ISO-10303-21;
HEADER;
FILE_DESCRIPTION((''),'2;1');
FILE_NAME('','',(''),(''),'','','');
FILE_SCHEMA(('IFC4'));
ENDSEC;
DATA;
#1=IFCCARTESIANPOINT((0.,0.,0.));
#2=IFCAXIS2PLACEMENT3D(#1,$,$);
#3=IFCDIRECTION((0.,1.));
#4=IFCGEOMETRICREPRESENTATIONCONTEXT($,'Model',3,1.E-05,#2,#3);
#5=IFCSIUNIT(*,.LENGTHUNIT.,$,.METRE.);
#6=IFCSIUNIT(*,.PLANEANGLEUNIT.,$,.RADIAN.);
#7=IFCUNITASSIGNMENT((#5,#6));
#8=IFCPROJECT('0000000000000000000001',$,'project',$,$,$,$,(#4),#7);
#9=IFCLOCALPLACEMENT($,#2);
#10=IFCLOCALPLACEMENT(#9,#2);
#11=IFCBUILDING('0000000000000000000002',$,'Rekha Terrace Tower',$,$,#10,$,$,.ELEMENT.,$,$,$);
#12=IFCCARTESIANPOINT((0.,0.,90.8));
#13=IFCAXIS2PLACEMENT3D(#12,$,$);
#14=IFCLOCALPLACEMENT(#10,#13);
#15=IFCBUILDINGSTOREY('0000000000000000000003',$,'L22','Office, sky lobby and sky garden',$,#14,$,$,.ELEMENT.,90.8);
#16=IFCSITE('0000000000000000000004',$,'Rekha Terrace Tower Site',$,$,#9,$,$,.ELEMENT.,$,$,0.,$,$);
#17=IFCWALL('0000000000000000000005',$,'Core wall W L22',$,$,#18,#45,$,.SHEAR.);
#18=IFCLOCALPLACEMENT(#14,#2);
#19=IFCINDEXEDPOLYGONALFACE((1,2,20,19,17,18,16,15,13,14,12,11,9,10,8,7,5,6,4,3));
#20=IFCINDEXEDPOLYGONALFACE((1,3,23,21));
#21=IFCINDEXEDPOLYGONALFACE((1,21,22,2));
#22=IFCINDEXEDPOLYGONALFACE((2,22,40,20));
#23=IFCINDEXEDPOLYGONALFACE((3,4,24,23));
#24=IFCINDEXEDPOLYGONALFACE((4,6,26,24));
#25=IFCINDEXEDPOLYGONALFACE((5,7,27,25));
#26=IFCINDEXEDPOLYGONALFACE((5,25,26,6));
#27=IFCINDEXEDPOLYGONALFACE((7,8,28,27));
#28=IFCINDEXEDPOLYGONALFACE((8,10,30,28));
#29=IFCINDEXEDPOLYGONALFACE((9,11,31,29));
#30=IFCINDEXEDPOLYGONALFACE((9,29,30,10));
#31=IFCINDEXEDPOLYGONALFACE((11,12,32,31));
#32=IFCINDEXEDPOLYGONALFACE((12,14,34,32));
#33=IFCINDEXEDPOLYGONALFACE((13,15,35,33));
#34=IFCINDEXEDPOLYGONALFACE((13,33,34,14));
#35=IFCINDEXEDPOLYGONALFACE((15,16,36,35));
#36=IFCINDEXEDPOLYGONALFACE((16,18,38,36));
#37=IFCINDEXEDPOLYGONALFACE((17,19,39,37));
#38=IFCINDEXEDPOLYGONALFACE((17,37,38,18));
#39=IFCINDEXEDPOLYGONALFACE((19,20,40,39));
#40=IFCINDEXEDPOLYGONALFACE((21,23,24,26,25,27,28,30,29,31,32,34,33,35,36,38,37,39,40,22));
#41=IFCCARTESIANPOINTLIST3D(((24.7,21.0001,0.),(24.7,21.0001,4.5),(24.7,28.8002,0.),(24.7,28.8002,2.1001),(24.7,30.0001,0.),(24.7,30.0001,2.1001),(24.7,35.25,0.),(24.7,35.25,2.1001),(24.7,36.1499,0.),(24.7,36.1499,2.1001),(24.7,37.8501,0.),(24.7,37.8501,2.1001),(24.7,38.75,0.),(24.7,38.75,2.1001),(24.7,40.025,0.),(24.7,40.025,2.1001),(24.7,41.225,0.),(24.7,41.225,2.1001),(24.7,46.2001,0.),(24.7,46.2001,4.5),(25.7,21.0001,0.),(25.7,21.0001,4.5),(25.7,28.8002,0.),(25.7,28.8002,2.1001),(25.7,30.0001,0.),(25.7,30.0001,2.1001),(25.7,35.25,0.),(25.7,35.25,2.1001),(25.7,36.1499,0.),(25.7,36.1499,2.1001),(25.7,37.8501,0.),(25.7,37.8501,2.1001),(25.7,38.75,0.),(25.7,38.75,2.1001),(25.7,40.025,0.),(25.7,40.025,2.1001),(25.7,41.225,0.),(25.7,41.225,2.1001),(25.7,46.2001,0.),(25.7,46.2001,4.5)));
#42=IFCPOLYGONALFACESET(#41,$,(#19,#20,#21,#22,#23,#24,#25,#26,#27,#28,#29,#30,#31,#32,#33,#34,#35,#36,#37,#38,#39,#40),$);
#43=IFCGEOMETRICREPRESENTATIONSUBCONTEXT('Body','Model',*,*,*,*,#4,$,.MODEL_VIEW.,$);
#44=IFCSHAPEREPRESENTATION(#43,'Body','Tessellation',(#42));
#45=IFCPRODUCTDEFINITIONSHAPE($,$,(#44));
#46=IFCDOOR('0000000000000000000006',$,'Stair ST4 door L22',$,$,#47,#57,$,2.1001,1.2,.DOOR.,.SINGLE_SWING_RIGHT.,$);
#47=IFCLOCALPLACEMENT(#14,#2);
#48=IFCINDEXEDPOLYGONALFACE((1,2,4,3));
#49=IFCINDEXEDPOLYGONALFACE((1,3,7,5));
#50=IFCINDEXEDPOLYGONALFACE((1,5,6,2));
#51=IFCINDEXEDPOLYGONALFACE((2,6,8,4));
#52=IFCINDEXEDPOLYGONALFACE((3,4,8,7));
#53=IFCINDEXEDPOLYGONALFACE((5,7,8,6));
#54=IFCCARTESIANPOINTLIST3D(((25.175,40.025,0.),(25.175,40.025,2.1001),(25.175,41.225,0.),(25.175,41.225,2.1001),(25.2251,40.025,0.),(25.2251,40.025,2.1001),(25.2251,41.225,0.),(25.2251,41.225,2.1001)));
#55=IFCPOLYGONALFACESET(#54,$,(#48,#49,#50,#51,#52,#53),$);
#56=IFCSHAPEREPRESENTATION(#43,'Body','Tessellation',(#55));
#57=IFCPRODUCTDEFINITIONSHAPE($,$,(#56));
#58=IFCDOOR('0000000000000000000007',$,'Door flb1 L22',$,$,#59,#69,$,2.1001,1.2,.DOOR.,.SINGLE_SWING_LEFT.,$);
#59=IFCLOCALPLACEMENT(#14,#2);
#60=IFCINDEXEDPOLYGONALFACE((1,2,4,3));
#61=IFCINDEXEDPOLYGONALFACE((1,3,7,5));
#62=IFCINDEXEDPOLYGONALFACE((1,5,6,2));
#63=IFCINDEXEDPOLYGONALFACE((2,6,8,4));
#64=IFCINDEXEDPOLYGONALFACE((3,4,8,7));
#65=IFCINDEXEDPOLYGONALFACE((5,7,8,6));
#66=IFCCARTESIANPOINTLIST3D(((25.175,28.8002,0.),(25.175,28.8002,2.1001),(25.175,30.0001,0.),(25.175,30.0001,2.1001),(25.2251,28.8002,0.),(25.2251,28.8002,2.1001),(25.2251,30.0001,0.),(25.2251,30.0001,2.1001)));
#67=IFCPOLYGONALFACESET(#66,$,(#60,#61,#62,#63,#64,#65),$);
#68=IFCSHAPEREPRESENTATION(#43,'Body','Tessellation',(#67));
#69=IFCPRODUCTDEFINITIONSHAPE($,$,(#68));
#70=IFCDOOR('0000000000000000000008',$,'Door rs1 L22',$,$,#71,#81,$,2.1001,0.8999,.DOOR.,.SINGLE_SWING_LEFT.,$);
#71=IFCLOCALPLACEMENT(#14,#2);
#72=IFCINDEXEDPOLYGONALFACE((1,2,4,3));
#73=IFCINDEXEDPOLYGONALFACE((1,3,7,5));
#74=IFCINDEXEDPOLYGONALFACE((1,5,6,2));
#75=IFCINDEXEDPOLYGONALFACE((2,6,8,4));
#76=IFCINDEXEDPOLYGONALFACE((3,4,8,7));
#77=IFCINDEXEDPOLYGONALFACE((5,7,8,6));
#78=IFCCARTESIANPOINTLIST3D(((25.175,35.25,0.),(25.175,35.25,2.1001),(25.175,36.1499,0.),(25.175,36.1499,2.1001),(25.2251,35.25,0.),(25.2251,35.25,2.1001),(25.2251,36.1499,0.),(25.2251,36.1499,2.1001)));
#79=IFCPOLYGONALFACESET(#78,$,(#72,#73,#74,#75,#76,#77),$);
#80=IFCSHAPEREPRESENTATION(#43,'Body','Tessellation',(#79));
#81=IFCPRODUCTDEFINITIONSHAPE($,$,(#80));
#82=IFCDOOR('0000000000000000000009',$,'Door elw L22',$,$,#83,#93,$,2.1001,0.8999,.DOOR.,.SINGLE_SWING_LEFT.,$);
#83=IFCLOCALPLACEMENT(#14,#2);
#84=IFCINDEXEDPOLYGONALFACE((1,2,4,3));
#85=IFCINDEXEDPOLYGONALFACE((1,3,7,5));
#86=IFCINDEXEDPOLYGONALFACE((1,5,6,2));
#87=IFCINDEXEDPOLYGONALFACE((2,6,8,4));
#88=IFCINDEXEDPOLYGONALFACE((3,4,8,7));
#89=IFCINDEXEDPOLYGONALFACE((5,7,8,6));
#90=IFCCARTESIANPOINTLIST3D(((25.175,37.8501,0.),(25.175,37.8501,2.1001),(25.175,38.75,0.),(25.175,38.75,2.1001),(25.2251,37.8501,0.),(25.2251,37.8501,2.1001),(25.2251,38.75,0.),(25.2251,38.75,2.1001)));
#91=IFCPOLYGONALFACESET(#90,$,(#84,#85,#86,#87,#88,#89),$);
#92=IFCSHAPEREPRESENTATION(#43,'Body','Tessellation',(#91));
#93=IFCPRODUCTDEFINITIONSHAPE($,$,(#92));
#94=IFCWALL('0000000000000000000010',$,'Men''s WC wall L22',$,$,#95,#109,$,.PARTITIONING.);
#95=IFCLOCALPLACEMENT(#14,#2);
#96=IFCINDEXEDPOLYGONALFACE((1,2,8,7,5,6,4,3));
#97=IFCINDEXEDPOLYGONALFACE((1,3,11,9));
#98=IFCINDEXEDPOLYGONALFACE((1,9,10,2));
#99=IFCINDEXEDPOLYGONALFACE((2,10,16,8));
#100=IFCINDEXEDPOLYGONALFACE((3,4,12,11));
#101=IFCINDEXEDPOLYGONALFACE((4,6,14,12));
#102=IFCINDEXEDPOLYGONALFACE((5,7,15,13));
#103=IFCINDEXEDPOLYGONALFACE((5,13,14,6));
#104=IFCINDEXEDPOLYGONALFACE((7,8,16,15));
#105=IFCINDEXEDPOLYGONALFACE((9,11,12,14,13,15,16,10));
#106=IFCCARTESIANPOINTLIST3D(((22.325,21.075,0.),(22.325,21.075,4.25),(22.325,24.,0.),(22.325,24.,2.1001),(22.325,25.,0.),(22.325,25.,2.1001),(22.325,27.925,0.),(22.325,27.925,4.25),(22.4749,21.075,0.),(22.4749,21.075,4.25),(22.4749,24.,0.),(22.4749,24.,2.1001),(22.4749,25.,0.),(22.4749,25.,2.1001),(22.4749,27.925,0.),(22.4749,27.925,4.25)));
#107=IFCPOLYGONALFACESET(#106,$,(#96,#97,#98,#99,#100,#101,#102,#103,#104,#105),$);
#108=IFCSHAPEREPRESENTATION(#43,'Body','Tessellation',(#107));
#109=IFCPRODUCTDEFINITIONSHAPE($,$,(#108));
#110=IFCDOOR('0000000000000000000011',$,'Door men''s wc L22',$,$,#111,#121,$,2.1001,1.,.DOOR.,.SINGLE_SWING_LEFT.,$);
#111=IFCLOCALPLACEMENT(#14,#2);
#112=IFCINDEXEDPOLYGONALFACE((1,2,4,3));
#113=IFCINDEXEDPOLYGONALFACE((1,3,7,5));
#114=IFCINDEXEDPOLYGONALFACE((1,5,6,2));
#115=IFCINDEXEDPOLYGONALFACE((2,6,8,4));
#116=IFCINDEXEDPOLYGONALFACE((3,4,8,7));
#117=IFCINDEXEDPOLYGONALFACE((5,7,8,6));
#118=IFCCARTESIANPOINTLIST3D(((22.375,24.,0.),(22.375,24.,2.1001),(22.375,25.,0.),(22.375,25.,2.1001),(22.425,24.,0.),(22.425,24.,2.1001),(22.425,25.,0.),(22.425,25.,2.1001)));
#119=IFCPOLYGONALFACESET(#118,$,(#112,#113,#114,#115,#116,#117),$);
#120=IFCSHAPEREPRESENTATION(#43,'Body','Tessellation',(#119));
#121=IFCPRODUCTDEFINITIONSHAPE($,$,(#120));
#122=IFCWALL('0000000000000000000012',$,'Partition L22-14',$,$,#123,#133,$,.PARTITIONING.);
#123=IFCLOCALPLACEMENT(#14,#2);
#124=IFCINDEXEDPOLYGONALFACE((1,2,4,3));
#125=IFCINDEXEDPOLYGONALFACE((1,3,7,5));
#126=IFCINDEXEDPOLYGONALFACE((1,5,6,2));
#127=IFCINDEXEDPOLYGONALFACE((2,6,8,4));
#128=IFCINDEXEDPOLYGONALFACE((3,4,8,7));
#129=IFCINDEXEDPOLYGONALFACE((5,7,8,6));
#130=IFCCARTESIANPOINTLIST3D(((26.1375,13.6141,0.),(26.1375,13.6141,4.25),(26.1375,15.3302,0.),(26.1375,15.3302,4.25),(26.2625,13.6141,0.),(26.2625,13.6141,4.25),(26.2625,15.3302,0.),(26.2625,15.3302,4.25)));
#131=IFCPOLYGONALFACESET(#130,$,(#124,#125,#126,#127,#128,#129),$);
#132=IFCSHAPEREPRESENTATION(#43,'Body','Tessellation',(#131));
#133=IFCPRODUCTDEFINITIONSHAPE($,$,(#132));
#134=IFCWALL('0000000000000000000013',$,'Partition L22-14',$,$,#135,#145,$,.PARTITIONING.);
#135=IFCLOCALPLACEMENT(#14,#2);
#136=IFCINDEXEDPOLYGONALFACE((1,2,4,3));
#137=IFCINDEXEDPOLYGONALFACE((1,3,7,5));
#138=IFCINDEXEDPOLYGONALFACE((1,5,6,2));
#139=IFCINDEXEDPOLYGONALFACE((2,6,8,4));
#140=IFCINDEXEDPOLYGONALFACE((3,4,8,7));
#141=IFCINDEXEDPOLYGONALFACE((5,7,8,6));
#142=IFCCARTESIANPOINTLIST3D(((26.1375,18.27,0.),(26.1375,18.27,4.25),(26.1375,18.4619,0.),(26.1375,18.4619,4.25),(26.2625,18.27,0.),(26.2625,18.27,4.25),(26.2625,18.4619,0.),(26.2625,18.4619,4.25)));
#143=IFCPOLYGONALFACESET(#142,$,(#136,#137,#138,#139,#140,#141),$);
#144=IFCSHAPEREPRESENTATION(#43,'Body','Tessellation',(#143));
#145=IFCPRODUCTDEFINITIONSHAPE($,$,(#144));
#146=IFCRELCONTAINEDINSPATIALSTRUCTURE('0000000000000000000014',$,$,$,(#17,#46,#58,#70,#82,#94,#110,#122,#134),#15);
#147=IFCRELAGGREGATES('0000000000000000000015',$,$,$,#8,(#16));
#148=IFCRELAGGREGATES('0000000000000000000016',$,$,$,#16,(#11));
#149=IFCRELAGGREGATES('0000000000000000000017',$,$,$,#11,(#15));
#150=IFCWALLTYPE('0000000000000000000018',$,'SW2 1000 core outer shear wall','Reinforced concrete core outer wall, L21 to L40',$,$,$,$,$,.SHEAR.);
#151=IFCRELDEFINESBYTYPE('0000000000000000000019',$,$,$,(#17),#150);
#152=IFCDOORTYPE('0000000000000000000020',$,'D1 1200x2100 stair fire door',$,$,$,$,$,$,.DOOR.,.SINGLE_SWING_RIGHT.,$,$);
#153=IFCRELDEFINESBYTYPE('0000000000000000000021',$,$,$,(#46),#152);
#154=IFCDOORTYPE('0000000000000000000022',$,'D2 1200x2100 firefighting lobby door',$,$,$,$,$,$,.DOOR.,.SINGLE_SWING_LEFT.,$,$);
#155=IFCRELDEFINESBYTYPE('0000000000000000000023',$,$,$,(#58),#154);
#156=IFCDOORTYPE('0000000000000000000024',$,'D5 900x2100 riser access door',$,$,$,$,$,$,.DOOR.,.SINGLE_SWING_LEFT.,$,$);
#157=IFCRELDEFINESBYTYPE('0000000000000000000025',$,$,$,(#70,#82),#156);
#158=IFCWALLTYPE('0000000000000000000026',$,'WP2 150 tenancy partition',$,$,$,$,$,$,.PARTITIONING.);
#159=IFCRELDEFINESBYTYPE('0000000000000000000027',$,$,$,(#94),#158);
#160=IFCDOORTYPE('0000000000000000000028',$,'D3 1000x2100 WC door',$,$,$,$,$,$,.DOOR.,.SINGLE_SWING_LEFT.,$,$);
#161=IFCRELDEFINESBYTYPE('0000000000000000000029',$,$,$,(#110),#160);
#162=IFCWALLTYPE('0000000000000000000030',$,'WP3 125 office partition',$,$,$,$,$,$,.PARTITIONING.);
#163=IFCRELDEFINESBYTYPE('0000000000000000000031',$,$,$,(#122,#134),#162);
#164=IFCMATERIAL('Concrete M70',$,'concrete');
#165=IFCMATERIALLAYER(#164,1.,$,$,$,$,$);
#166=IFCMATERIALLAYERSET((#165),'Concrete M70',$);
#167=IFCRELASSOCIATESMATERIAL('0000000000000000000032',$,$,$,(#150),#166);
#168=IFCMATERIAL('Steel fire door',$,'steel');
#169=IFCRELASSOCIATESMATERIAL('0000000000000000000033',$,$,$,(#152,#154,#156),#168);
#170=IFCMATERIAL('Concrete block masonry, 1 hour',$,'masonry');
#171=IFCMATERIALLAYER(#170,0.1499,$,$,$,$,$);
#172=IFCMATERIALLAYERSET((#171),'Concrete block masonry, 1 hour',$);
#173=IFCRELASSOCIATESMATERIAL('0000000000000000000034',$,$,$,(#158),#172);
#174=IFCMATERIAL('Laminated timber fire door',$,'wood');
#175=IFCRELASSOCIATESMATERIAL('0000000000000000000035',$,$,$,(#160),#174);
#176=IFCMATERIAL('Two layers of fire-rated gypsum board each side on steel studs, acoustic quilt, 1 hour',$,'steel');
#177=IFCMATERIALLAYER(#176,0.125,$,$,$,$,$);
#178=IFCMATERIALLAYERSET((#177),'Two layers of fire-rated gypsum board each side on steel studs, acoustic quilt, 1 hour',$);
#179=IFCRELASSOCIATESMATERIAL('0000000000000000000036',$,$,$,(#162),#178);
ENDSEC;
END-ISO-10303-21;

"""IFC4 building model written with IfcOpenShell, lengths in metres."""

from ifc_helpers import new_model, si_unit, direction, frame, frame_2d, origin, place, context, subcontext, project, spatial, rectangle, extrude, material, layer, layer_set, type_object, element, fill, save


model = new_model("IFC4")

# Units and contexts
model_context = context("Model", 3, precision=1e-05, world=origin(), true_north=direction((0.0, 1.0)))
body_context = subcontext(model_context, "Body", "Model", "MODEL_VIEW")
ifc_project = project(units=[si_unit("LENGTHUNIT", "METRE"), si_unit("PLANEANGLEUNIT", "RADIAN")], contexts=[model_context])

# Site, building, storey
site_placement = place(None, origin())
site = spatial("IfcSite", under=ifc_project, at=site_placement, Name="Rekha Terrace Tower Site", CompositionType="ELEMENT", RefElevation=0.0)
building_placement = place(site_placement, origin())
building = spatial("IfcBuilding", under=site, at=building_placement, Name="Rekha Terrace Tower", CompositionType="ELEMENT")
storey_placement = place(building_placement, frame((0.0, 0.0, 90.8)))
storey = spatial("IfcBuildingStorey", under=building, at=storey_placement, Name="L22", Description="Office, sky lobby and sky garden", CompositionType="ELEMENT", Elevation=90.8)

# Shared definitions
ifc_material_1 = material(Name="Concrete M70", Category="concrete")

# Shared definitions
ifc_layer_1 = layer(ifc_material_1, 1.0)
ifc_layer_set_1 = layer_set([ifc_layer_1], Name="Concrete M70")
wall_type_1 = type_object("IfcWallType", Name="SW2 1000 core outer shear wall", Description="Reinforced concrete core outer wall, L21 to L40", PredefinedType="SHEAR", material=ifc_layer_set_1)

# Wall, openings, doors
wall_1_placement = place(storey_placement, frame((25.2, 21.0, 0.0), z_axis=(0.0, 0.0, 1.0), x_axis=(0.0, 1.0, 0.0)))
wall_1 = element("IfcWall", 1, at=wall_1_placement, inside=storey, type_object=wall_type_1, Name="Core wall W L22", PredefinedType="SHEAR", context=body_context, shape_type="SweptSolid", body=[
    extrude(rectangle(XDim=25.2, YDim=1.0, at=frame_2d((12.6001, 0.0))), origin(), (0.0, 0.0, 1.0), 4.5),
])
opening_1_placement = place(wall_1_placement, frame((7.8, 0.0, 0.0)))
opening_1 = element("IfcOpeningElement", 2, at=opening_1_placement, cuts=wall_1, PredefinedType="OPENING", context=body_context, shape_type="SweptSolid", body=[
    extrude(rectangle(XDim=1.2, YDim=2.1001, at=frame_2d((0.6001, 1.05))), frame((0.0, 0.51, 0.0), z_axis=(0.0, -1.0, 0.0), x_axis=(1.0, 0.0, 0.0)), (0.0, 0.0, 1.0), 1.02),
])
opening_2_placement = place(wall_1_placement, frame((14.25, 0.0, 0.0)))
opening_2 = element("IfcOpeningElement", 3, at=opening_2_placement, cuts=wall_1, PredefinedType="OPENING", context=body_context, shape_type="SweptSolid", body=[
    extrude(rectangle(XDim=0.8999, YDim=2.1001, at=frame_2d((0.45, 1.05))), frame((0.0, 0.51, 0.0), z_axis=(0.0, -1.0, 0.0), x_axis=(1.0, 0.0, 0.0)), (0.0, 0.0, 1.0), 1.02),
])
opening_3_placement = place(wall_1_placement, frame((16.8501, 0.0, 0.0)))
opening_3 = element("IfcOpeningElement", 4, at=opening_3_placement, cuts=wall_1, PredefinedType="OPENING", context=body_context, shape_type="SweptSolid", body=[
    extrude(rectangle(XDim=0.8999, YDim=2.1001, at=frame_2d((0.45, 1.05))), frame((0.0, 0.51, 0.0), z_axis=(0.0, -1.0, 0.0), x_axis=(1.0, 0.0, 0.0)), (0.0, 0.0, 1.0), 1.02),
])
opening_4_placement = place(wall_1_placement, frame((19.0249, 0.0, 0.0)))
opening_4 = element("IfcOpeningElement", 5, at=opening_4_placement, cuts=wall_1, PredefinedType="OPENING", context=body_context, shape_type="SweptSolid", body=[
    extrude(rectangle(XDim=1.2, YDim=2.1001, at=frame_2d((0.6001, 1.05))), frame((0.0, 0.51, 0.0), z_axis=(0.0, -1.0, 0.0), x_axis=(1.0, 0.0, 0.0)), (0.0, 0.0, 1.0), 1.02),
])
ifc_material_2 = material(Name="Steel fire door", Category="steel")
door_type_1 = type_object("IfcDoorType", Name="D1 1200x2100 stair fire door", OperationType="SINGLE_SWING_RIGHT", PredefinedType="DOOR", material=ifc_material_2)
door_1_placement = place(opening_4_placement, origin())
door_1 = element("IfcDoor", 6, at=door_1_placement, inside=storey, type_object=door_type_1, Name="Stair ST4 door L22", OperationType="SINGLE_SWING_RIGHT", OverallHeight=2.1001, OverallWidth=1.2, PredefinedType="DOOR", context=body_context, shape_type="SweptSolid", body=[
    extrude(rectangle(XDim=1.2, YDim=2.1001, at=frame_2d((0.6001, 1.05))), frame((0.0, 0.0249, 0.0), z_axis=(0.0, -1.0, 0.0), x_axis=(1.0, 0.0, 0.0)), (0.0, 0.0, 1.0), 0.05),
])
fill(opening_4, door_1)
door_type_2 = type_object("IfcDoorType", Name="D2 1200x2100 firefighting lobby door", OperationType="SINGLE_SWING_LEFT", PredefinedType="DOOR", material=ifc_material_2)
door_2_placement = place(opening_1_placement, origin())
door_2 = element("IfcDoor", 7, at=door_2_placement, inside=storey, type_object=door_type_2, Name="Door flb1 L22", OperationType="SINGLE_SWING_LEFT", OverallHeight=2.1001, OverallWidth=1.2, PredefinedType="DOOR", context=body_context, shape_type="SweptSolid", body=[
    extrude(rectangle(XDim=1.2, YDim=2.1001, at=frame_2d((0.6001, 1.05))), frame((0.0, 0.0249, 0.0), z_axis=(0.0, -1.0, 0.0), x_axis=(1.0, 0.0, 0.0)), (0.0, 0.0, 1.0), 0.05),
])
fill(opening_1, door_2)
door_type_3 = type_object("IfcDoorType", Name="D5 900x2100 riser access door", OperationType="SINGLE_SWING_LEFT", PredefinedType="DOOR", material=ifc_material_2)
door_3_placement = place(opening_2_placement, origin())
door_3 = element("IfcDoor", 8, at=door_3_placement, inside=storey, type_object=door_type_3, Name="Door rs1 L22", OperationType="SINGLE_SWING_LEFT", OverallHeight=2.1001, OverallWidth=0.8999, PredefinedType="DOOR", context=body_context, shape_type="SweptSolid", body=[
    extrude(rectangle(XDim=0.8999, YDim=2.1001, at=frame_2d((0.45, 1.05))), frame((0.0, 0.0249, 0.0), z_axis=(0.0, -1.0, 0.0), x_axis=(1.0, 0.0, 0.0)), (0.0, 0.0, 1.0), 0.05),
])
fill(opening_2, door_3)
door_4_placement = place(opening_3_placement, origin())
door_4 = element("IfcDoor", 9, at=door_4_placement, inside=storey, type_object=door_type_3, Name="Door elw L22", OperationType="SINGLE_SWING_LEFT", OverallHeight=2.1001, OverallWidth=0.8999, PredefinedType="DOOR", context=body_context, shape_type="SweptSolid", body=[
    extrude(rectangle(XDim=0.8999, YDim=2.1001, at=frame_2d((0.45, 1.05))), frame((0.0, 0.0249, 0.0), z_axis=(0.0, -1.0, 0.0), x_axis=(1.0, 0.0, 0.0)), (0.0, 0.0, 1.0), 0.05),
])
fill(opening_3, door_4)

# Wall, opening, door
ifc_material_3 = material(Name="Concrete block masonry, 1 hour", Category="masonry")
ifc_layer_2 = layer(ifc_material_3, 0.1499)
ifc_layer_set_2 = layer_set([ifc_layer_2], Name="Concrete block masonry, 1 hour")
wall_type_2 = type_object("IfcWallType", Name="WP2 150 tenancy partition", PredefinedType="PARTITIONING", material=ifc_layer_set_2)
wall_2_placement = place(storey_placement, frame((22.3999, 21.075, 0.0), z_axis=(0.0, 0.0, 1.0), x_axis=(0.0, 1.0, 0.0)))
wall_2 = element("IfcWall", 10, at=wall_2_placement, inside=storey, type_object=wall_type_2, Name="Men's WC wall L22", PredefinedType="PARTITIONING", context=body_context, shape_type="SweptSolid", body=[
    extrude(rectangle(XDim=6.8501, YDim=0.1499, at=frame_2d((3.425, 0.0))), origin(), (0.0, 0.0, 1.0), 4.25),
])
opening_5_placement = place(wall_2_placement, frame((2.925, 0.0, 0.0)))
opening_5 = element("IfcOpeningElement", 11, at=opening_5_placement, cuts=wall_2, PredefinedType="OPENING", context=body_context, shape_type="SweptSolid", body=[
    extrude(rectangle(XDim=1.0, YDim=2.1001, at=frame_2d((0.5, 1.05))), frame((0.0, 0.085, 0.0), z_axis=(0.0, -1.0, 0.0), x_axis=(1.0, 0.0, 0.0)), (0.0, 0.0, 1.0), 0.1699),
])
ifc_material_4 = material(Name="Laminated timber fire door", Category="wood")
door_type_4 = type_object("IfcDoorType", Name="D3 1000x2100 WC door", OperationType="SINGLE_SWING_LEFT", PredefinedType="DOOR", material=ifc_material_4)
door_5_placement = place(opening_5_placement, origin())
door_5 = element("IfcDoor", 12, at=door_5_placement, inside=storey, type_object=door_type_4, Name="Door men's wc L22", OperationType="SINGLE_SWING_LEFT", OverallHeight=2.1001, OverallWidth=1.0, PredefinedType="DOOR", context=body_context, shape_type="SweptSolid", body=[
    extrude(rectangle(XDim=1.0, YDim=2.1001, at=frame_2d((0.5, 1.05))), frame((0.0, 0.0249, 0.0), z_axis=(0.0, -1.0, 0.0), x_axis=(1.0, 0.0, 0.0)), (0.0, 0.0, 1.0), 0.05),
])
fill(opening_5, door_5)

# Walls
ifc_material_5 = material(Name="Two layers of fire-rated gypsum board each side on steel studs, acoustic quilt, 1 hour", Category="steel")
ifc_layer_3 = layer(ifc_material_5, 0.125)
ifc_layer_set_3 = layer_set([ifc_layer_3], Name="Two layers of fire-rated gypsum board each side on steel studs, acoustic quilt, 1 hour")
wall_type_3 = type_object("IfcWallType", Name="WP3 125 office partition", PredefinedType="PARTITIONING", material=ifc_layer_set_3)
wall_3_placement = place(storey_placement, frame((26.2, 15.3301, 0.0), z_axis=(0.0, 0.0, 1.0), x_axis=(0.0, -1.0, 0.0)))
element("IfcWall", 13, at=wall_3_placement, inside=storey, type_object=wall_type_3, Name="Partition L22-14", PredefinedType="PARTITIONING", context=body_context, shape_type="SweptSolid", body=[
    extrude(rectangle(XDim=1.7161, YDim=0.125, at=frame_2d((0.8579, 0.0))), origin(), (0.0, 0.0, 1.0), 4.25),
])
wall_4_placement = place(storey_placement, frame((26.2, 18.4619, 0.0), z_axis=(0.0, 0.0, 1.0), x_axis=(0.0, -1.0, 0.0)))
element("IfcWall", 14, at=wall_4_placement, inside=storey, type_object=wall_type_3, Name="Partition L22-14", PredefinedType="PARTITIONING", context=body_context, shape_type="SweptSolid", body=[
    extrude(rectangle(XDim=0.1919, YDim=0.125, at=frame_2d((0.0959, 0.0))), origin(), (0.0, 0.0, 1.0), 4.25),
])

save(model, "model.ifc")
